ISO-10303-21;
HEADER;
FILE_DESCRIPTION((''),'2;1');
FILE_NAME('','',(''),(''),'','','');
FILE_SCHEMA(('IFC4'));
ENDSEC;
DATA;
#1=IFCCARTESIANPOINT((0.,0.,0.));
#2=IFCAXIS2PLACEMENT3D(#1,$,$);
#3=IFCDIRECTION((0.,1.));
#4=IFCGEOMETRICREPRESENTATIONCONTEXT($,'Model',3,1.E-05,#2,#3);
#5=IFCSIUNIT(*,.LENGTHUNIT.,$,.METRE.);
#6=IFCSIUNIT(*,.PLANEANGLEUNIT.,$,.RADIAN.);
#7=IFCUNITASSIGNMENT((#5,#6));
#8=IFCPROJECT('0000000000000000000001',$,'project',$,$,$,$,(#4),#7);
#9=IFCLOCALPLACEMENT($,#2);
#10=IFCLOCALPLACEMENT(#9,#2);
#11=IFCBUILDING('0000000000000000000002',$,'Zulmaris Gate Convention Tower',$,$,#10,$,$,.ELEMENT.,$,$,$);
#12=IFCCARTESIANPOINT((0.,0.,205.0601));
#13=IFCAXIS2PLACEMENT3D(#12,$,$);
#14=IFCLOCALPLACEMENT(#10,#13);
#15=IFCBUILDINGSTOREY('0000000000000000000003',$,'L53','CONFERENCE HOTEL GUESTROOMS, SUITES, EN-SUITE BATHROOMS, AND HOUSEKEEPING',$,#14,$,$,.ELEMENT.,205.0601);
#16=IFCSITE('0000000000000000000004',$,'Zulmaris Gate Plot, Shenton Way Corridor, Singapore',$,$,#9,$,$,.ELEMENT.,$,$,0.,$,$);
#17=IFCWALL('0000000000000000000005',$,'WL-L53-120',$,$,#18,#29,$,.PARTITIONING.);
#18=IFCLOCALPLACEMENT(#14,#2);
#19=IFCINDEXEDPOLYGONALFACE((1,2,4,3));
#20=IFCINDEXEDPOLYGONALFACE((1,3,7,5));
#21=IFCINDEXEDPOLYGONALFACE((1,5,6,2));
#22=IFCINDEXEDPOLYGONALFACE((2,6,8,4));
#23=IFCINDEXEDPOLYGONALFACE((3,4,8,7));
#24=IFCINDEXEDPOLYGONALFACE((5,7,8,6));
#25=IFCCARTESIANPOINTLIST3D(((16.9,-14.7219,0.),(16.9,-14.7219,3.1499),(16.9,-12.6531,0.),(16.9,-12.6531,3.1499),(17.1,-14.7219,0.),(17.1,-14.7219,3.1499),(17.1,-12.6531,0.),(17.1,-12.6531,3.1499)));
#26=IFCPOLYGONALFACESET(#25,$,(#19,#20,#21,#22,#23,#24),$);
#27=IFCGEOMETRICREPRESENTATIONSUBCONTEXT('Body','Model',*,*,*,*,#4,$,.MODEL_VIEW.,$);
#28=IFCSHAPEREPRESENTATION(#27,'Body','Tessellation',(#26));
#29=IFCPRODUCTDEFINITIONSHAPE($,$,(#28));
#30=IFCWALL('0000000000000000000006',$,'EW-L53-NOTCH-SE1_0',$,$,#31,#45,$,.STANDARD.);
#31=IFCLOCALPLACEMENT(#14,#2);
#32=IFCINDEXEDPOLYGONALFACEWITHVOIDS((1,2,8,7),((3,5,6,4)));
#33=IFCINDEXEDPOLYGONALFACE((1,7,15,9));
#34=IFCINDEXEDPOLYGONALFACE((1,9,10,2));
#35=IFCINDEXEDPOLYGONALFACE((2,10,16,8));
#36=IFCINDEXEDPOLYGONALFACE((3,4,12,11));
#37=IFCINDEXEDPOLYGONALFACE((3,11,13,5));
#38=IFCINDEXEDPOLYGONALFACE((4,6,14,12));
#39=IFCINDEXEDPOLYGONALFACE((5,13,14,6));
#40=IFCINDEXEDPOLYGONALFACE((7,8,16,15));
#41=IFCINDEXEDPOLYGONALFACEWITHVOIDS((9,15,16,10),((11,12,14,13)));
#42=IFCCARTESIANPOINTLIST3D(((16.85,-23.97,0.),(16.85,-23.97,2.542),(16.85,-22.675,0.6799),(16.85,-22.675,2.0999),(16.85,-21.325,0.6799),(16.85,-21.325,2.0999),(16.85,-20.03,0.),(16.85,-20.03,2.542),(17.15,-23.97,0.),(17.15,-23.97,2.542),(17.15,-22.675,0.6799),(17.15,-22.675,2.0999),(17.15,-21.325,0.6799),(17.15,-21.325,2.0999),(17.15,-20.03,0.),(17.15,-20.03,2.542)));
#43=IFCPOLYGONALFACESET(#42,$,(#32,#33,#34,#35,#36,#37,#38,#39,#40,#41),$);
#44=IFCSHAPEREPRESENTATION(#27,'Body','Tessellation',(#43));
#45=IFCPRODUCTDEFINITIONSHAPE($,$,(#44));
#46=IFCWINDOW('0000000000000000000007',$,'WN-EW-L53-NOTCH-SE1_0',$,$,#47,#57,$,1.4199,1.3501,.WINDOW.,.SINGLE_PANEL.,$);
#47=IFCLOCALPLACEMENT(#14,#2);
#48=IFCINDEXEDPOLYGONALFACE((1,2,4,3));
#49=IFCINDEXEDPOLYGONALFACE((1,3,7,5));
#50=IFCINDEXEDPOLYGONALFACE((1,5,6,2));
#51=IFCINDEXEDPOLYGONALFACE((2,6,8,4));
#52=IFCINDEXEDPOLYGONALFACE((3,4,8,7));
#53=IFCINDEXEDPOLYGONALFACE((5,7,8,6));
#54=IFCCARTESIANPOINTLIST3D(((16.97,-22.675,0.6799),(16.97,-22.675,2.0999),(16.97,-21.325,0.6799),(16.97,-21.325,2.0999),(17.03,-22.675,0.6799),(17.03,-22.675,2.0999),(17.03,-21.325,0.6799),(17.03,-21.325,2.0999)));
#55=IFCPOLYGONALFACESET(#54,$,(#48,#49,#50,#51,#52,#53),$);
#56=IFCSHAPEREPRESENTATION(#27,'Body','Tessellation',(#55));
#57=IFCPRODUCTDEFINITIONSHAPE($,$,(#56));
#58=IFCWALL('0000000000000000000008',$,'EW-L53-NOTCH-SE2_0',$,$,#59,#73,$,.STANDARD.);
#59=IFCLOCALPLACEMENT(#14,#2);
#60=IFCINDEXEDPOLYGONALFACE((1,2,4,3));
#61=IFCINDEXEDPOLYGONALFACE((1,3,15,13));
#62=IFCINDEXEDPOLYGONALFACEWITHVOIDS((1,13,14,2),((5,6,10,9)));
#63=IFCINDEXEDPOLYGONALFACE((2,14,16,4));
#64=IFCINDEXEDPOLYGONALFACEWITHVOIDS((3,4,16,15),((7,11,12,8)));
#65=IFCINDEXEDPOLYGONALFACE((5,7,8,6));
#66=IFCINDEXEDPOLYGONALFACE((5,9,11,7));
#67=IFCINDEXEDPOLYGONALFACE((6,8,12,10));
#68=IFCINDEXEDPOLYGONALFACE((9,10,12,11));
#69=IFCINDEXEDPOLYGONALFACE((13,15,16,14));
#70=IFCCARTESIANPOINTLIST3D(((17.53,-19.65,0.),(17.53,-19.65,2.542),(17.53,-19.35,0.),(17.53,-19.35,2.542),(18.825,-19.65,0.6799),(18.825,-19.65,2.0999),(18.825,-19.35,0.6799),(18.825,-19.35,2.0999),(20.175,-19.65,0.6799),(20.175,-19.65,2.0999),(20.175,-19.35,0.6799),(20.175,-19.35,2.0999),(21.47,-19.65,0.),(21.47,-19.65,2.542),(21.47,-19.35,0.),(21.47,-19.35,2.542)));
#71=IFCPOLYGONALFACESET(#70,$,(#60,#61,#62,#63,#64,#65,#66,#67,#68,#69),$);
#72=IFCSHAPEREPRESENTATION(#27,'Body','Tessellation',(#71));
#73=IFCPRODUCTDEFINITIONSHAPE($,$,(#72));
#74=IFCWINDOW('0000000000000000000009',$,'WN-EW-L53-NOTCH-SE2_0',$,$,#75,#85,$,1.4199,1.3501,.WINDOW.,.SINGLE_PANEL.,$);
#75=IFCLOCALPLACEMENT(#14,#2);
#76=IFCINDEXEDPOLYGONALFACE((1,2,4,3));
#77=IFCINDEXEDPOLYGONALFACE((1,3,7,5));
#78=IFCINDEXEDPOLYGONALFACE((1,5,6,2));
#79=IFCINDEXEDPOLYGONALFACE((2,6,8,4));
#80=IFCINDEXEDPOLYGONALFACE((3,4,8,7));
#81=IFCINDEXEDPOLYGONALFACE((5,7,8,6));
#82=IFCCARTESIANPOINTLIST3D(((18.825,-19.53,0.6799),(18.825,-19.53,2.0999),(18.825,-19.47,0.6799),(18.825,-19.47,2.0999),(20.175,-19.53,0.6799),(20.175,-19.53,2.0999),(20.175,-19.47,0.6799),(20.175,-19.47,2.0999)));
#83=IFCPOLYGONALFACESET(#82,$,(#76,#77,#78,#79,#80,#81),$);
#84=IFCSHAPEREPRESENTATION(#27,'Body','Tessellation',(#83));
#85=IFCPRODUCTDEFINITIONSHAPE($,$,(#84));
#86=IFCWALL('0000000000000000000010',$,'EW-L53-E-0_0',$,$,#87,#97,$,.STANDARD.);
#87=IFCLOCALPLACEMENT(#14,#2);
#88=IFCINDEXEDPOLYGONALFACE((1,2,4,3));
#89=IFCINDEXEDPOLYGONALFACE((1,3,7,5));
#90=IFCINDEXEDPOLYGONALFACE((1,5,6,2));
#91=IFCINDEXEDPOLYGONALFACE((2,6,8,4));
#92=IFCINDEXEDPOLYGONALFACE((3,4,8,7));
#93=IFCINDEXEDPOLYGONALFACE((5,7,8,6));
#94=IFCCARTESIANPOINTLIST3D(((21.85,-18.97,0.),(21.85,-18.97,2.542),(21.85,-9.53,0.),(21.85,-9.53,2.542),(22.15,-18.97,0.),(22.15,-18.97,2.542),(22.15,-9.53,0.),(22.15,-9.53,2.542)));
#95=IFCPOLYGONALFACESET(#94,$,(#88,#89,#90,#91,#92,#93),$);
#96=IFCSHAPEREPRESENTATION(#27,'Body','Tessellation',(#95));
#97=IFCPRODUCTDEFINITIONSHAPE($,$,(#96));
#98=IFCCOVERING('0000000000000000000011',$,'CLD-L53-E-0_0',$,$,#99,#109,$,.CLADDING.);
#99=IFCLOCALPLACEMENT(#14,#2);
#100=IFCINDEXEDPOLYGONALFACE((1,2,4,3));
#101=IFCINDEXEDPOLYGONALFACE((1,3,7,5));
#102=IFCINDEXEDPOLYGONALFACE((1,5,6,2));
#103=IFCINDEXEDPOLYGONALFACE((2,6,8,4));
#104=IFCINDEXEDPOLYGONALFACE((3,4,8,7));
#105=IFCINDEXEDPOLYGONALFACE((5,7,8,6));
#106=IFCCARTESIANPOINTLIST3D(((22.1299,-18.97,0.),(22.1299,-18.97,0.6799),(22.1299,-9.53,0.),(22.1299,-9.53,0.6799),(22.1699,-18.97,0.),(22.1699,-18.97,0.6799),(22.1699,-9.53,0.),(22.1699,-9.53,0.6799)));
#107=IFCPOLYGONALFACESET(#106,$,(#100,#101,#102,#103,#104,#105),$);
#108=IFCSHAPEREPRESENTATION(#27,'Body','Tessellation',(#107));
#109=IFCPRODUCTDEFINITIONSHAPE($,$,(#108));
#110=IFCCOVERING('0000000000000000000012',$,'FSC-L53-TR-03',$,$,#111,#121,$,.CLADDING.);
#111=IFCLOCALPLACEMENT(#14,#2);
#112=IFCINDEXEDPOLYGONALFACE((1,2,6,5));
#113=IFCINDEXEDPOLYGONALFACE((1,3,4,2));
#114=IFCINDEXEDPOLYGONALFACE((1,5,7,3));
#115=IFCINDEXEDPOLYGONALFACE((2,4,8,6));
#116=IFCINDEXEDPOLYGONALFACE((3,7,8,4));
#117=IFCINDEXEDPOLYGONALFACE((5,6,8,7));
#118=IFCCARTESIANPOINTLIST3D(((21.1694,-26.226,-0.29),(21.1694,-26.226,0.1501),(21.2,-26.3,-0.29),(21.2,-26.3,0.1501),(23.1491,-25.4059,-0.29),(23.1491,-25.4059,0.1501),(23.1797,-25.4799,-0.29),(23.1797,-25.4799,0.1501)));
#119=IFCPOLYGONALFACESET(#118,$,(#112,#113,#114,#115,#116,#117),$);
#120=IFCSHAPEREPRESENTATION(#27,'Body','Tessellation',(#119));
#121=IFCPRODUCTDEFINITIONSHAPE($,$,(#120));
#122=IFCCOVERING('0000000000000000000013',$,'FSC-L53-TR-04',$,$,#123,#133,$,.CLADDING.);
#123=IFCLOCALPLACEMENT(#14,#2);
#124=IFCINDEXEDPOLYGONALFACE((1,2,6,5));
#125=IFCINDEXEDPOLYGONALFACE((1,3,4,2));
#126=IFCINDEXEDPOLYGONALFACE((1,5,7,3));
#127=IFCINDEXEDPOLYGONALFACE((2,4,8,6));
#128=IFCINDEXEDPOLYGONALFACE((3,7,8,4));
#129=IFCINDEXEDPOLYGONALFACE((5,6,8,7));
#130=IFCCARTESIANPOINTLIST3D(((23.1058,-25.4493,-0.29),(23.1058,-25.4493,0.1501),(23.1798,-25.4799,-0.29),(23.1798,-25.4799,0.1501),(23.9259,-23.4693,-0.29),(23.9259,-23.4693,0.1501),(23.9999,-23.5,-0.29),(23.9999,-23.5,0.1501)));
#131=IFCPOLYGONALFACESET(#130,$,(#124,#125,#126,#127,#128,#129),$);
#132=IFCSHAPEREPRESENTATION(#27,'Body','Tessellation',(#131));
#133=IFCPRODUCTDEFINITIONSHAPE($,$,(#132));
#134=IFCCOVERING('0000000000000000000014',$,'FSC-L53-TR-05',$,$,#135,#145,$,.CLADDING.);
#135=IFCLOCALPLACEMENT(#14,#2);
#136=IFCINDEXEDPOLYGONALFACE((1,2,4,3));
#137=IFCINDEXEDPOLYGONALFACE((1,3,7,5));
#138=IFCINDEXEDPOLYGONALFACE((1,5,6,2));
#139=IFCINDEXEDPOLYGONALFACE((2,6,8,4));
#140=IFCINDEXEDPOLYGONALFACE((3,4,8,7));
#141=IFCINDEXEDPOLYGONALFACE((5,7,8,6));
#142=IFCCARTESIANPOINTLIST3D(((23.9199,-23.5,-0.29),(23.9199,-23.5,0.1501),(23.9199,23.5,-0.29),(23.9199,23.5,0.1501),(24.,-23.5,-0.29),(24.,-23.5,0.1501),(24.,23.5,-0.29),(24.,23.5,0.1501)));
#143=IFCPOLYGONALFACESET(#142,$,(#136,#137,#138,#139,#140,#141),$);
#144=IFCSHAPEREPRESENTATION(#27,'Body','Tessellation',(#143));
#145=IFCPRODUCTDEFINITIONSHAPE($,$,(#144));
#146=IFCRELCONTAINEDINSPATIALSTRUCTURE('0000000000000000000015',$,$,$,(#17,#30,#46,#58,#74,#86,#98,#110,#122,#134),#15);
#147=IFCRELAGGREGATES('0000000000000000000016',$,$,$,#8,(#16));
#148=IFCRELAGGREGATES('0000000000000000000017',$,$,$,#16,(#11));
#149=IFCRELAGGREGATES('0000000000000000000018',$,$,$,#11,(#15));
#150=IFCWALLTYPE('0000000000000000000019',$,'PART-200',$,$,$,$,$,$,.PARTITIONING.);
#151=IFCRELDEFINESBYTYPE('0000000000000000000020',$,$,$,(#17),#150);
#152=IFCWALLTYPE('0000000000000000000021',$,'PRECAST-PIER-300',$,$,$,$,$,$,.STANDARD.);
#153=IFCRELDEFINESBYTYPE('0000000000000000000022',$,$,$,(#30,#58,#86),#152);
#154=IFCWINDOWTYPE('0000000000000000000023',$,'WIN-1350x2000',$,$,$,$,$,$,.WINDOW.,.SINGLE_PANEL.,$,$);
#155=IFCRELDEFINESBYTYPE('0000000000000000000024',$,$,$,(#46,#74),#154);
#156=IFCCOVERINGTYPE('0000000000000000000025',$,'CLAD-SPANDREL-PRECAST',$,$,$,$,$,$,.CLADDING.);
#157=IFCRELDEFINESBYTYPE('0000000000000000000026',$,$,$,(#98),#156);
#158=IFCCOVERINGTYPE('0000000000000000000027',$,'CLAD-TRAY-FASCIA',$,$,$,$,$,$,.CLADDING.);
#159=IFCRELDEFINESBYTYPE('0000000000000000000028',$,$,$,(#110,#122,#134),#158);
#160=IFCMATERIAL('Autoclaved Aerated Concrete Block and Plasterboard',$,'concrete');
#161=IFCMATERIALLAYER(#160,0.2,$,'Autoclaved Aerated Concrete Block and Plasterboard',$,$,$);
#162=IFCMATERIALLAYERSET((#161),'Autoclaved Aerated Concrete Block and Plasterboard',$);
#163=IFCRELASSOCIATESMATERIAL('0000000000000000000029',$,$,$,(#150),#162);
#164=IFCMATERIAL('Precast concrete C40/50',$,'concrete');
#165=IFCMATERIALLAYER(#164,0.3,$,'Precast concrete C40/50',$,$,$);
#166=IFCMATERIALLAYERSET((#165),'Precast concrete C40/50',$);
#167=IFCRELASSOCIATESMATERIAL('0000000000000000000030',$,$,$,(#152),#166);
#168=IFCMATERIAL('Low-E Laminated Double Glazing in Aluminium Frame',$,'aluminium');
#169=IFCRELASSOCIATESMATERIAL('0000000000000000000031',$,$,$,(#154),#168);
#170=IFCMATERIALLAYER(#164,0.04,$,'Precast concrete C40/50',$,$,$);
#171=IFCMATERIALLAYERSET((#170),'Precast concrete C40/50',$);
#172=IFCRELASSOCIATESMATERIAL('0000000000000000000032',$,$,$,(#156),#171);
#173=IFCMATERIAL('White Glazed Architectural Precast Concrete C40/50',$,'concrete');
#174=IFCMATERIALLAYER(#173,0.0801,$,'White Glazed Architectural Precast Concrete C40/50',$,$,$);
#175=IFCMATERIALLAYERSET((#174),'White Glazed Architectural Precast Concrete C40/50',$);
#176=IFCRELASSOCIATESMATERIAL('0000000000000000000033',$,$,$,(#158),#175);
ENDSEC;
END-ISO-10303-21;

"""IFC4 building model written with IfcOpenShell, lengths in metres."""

from ifc_helpers import new_model, si_unit, direction, frame, frame_2d, origin, place, context, subcontext, project, spatial, rectangle, extrude, material, layer, layer_set, type_object, element, fill, save


model = new_model("IFC4")

# Units and contexts
model_context = context("Model", 3, precision=1e-05, world=origin(), true_north=direction((0.0, 1.0)))
body_context = subcontext(model_context, "Body", "Model", "MODEL_VIEW")
ifc_project = project(units=[si_unit("LENGTHUNIT", "METRE"), si_unit("PLANEANGLEUNIT", "RADIAN")], contexts=[model_context])

# Site, building, storey
site_placement = place(None, origin())
site = spatial("IfcSite", under=ifc_project, at=site_placement, Name="Zulmaris Gate Plot, Shenton Way Corridor, Singapore", CompositionType="ELEMENT", RefElevation=0.0)
building_placement = place(site_placement, origin())
building = spatial("IfcBuilding", under=site, at=building_placement, Name="Zulmaris Gate Convention Tower", CompositionType="ELEMENT")
storey_placement = place(building_placement, frame((0.0, 0.0, 205.0601)))
storey = spatial("IfcBuildingStorey", under=building, at=storey_placement, Name="L53", Description="CONFERENCE HOTEL GUESTROOMS, SUITES, EN-SUITE BATHROOMS, AND HOUSEKEEPING", CompositionType="ELEMENT", Elevation=205.0601)

# Wall
ifc_material_1 = material(Name="Autoclaved Aerated Concrete Block and Plasterboard", Category="concrete")
ifc_layer_1 = layer(ifc_material_1, 0.2, Name="Autoclaved Aerated Concrete Block and Plasterboard")
ifc_layer_set_1 = layer_set([ifc_layer_1], Name="Autoclaved Aerated Concrete Block and Plasterboard")
wall_type_1 = type_object("IfcWallType", Name="PART-200", PredefinedType="PARTITIONING", material=ifc_layer_set_1)
wall_1_placement = place(storey_placement, frame((17.0, -14.7219, 0.0), z_axis=(0.0, 0.0, 1.0), x_axis=(0.0, 1.0, 0.0)))
element("IfcWall", 1, at=wall_1_placement, inside=storey, type_object=wall_type_1, Name="WL-L53-120", PredefinedType="PARTITIONING", context=body_context, shape_type="SweptSolid", body=[
    extrude(rectangle(XDim=2.0688, YDim=0.2, at=frame_2d((1.0344, 0.0))), origin(), (0.0, 0.0, 1.0), 3.1499),
])

# Walls, openings, windows
ifc_material_2 = material(Name="Precast concrete C40/50", Category="concrete")
ifc_layer_2 = layer(ifc_material_2, 0.3, Name="Precast concrete C40/50")
ifc_layer_set_2 = layer_set([ifc_layer_2], Name="Precast concrete C40/50")
wall_type_2 = type_object("IfcWallType", Name="PRECAST-PIER-300", PredefinedType="STANDARD", material=ifc_layer_set_2)
wall_2_placement = place(storey_placement, frame((17.0, -23.97, 0.0), z_axis=(0.0, 0.0, 1.0), x_axis=(0.0, 1.0, 0.0)))
wall_2 = element("IfcWall", 2, at=wall_2_placement, inside=storey, type_object=wall_type_2, Name="EW-L53-NOTCH-SE1_0", PredefinedType="STANDARD", context=body_context, shape_type="SweptSolid", body=[
    extrude(rectangle(XDim=3.9399, YDim=0.3, at=frame_2d((1.97, 0.0))), origin(), (0.0, 0.0, 1.0), 2.542),
])
opening_1_placement = place(wall_2_placement, frame((1.2949, 0.0, 0.6799)))
opening_1 = element("IfcOpeningElement", 3, at=opening_1_placement, cuts=wall_2, PredefinedType="OPENING", context=body_context, shape_type="SweptSolid", body=[
    extrude(rectangle(XDim=1.3501, YDim=1.4199, at=frame_2d((0.675, 0.71))), frame((0.0, 0.1602, 0.0), z_axis=(0.0, -1.0, 0.0), x_axis=(1.0, 0.0, 0.0)), (0.0, 0.0, 1.0), 0.3201),
])
ifc_material_3 = material(Name="Low-E Laminated Double Glazing in Aluminium Frame", Category="aluminium")
window_type = type_object("IfcWindowType", Name="WIN-1350x2000", PartitioningType="SINGLE_PANEL", PredefinedType="WINDOW", material=ifc_material_3)
window_1_placement = place(opening_1_placement, origin())
window_1 = element("IfcWindow", 4, at=window_1_placement, inside=storey, type_object=window_type, Name="WN-EW-L53-NOTCH-SE1_0", OverallHeight=1.4199, OverallWidth=1.3501, PartitioningType="SINGLE_PANEL", PredefinedType="WINDOW", context=body_context, shape_type="SweptSolid", body=[
    extrude(rectangle(XDim=1.3501, YDim=1.4199, at=frame_2d((0.675, 0.71))), frame((0.0, 0.03, 0.0), z_axis=(0.0, -1.0, 0.0), x_axis=(1.0, 0.0, 0.0)), (0.0, 0.0, 1.0), 0.0601),
])
fill(opening_1, window_1)
wall_3_placement = place(storey_placement, frame((17.53, -19.5, 0.0), z_axis=(0.0, 0.0, 1.0), x_axis=(1.0, 0.0, 0.0)))
wall_3 = element("IfcWall", 5, at=wall_3_placement, inside=storey, type_object=wall_type_2, Name="EW-L53-NOTCH-SE2_0", PredefinedType="STANDARD", context=body_context, shape_type="SweptSolid", body=[
    extrude(rectangle(XDim=3.9399, YDim=0.3, at=frame_2d((1.97, 0.0))), origin(), (0.0, 0.0, 1.0), 2.542),
])
opening_2_placement = place(wall_3_placement, frame((1.2949, 0.0, 0.6799)))
opening_2 = element("IfcOpeningElement", 6, at=opening_2_placement, cuts=wall_3, PredefinedType="OPENING", context=body_context, shape_type="SweptSolid", body=[
    extrude(rectangle(XDim=1.3501, YDim=1.4199, at=frame_2d((0.675, 0.71))), frame((0.0, 0.1602, 0.0), z_axis=(0.0, -1.0, 0.0), x_axis=(1.0, 0.0, 0.0)), (0.0, 0.0, 1.0), 0.3201),
])
window_2_placement = place(opening_2_placement, origin())
window_2 = element("IfcWindow", 7, at=window_2_placement, inside=storey, type_object=window_type, Name="WN-EW-L53-NOTCH-SE2_0", OverallHeight=1.4199, OverallWidth=1.3501, PartitioningType="SINGLE_PANEL", PredefinedType="WINDOW", context=body_context, shape_type="SweptSolid", body=[
    extrude(rectangle(XDim=1.3501, YDim=1.4199, at=frame_2d((0.675, 0.71))), frame((0.0, 0.03, 0.0), z_axis=(0.0, -1.0, 0.0), x_axis=(1.0, 0.0, 0.0)), (0.0, 0.0, 1.0), 0.0601),
])
fill(opening_2, window_2)

# Wall
wall_4_placement = place(storey_placement, frame((22.0, -18.97, 0.0), z_axis=(0.0, 0.0, 1.0), x_axis=(0.0, 1.0, 0.0)))
element("IfcWall", 8, at=wall_4_placement, inside=storey, type_object=wall_type_2, Name="EW-L53-E-0_0", PredefinedType="STANDARD", context=body_context, shape_type="SweptSolid", body=[
    extrude(rectangle(XDim=9.4399, YDim=0.3, at=frame_2d((4.72, 0.0))), origin(), (0.0, 0.0, 1.0), 2.542),
])

# Coverings
ifc_layer_3 = layer(ifc_material_2, 0.04, Name="Precast concrete C40/50")
ifc_layer_set_3 = layer_set([ifc_layer_3], Name="Precast concrete C40/50")
covering_type_1 = type_object("IfcCoveringType", Name="CLAD-SPANDREL-PRECAST", PredefinedType="CLADDING", material=ifc_layer_set_3)
covering_1_placement = place(storey_placement, frame((22.1499, -18.97, 0.0), z_axis=(0.0, 0.0, 1.0), x_axis=(0.0, 1.0, 0.0)))
element("IfcCovering", 9, at=covering_1_placement, inside=storey, type_object=covering_type_1, Name="CLD-L53-E-0_0", PredefinedType="CLADDING", context=body_context, shape_type="SweptSolid", body=[
    extrude(rectangle(XDim=9.4399, YDim=0.04, at=frame_2d((4.72, 0.0))), origin(), (0.0, 0.0, 1.0), 0.6799),
])
ifc_material_4 = material(Name="White Glazed Architectural Precast Concrete C40/50", Category="concrete")
ifc_layer_4 = layer(ifc_material_4, 0.0801, Name="White Glazed Architectural Precast Concrete C40/50")
ifc_layer_set_4 = layer_set([ifc_layer_4], Name="White Glazed Architectural Precast Concrete C40/50")
covering_type_2 = type_object("IfcCoveringType", Name="CLAD-TRAY-FASCIA", PredefinedType="CLADDING", material=ifc_layer_set_4)
covering_2_placement = place(storey_placement, frame((21.1848, -26.2629, -0.29), z_axis=(0.0, 0.0, 1.0), x_axis=(0.923874, 0.382697, 0.0)))
element("IfcCovering", 10, at=covering_2_placement, inside=storey, type_object=covering_type_2, Name="FSC-L53-TR-03", PredefinedType="CLADDING", context=body_context, shape_type="SweptSolid", body=[
    extrude(rectangle(XDim=2.1428, YDim=0.0801, at=frame_2d((1.0713, 0.0))), origin(), (0.0, 0.0, 1.0), 0.4402),
])
covering_3_placement = place(storey_placement, frame((23.1428, -25.4646, -0.29), z_axis=(0.0, 0.0, 1.0), x_axis=(0.382657, 0.92389, 0.0)))
element("IfcCovering", 11, at=covering_3_placement, inside=storey, type_object=covering_type_2, Name="FSC-L53-TR-04", PredefinedType="CLADDING", context=body_context, shape_type="SweptSolid", body=[
    extrude(rectangle(XDim=2.1431, YDim=0.0801, at=frame_2d((1.0715, 0.0))), origin(), (0.0, 0.0, 1.0), 0.4402),
])
covering_4_placement = place(storey_placement, frame((23.96, -23.5, -0.29), z_axis=(0.0, 0.0, 1.0), x_axis=(0.0, 1.0, 0.0)))
element("IfcCovering", 12, at=covering_4_placement, inside=storey, type_object=covering_type_2, Name="FSC-L53-TR-05", PredefinedType="CLADDING", context=body_context, shape_type="SweptSolid", body=[
    extrude(rectangle(XDim=47.0, YDim=0.0801, at=frame_2d((23.5, 0.0))), origin(), (0.0, 0.0, 1.0), 0.4402),
])

save(model, "model.ifc")
